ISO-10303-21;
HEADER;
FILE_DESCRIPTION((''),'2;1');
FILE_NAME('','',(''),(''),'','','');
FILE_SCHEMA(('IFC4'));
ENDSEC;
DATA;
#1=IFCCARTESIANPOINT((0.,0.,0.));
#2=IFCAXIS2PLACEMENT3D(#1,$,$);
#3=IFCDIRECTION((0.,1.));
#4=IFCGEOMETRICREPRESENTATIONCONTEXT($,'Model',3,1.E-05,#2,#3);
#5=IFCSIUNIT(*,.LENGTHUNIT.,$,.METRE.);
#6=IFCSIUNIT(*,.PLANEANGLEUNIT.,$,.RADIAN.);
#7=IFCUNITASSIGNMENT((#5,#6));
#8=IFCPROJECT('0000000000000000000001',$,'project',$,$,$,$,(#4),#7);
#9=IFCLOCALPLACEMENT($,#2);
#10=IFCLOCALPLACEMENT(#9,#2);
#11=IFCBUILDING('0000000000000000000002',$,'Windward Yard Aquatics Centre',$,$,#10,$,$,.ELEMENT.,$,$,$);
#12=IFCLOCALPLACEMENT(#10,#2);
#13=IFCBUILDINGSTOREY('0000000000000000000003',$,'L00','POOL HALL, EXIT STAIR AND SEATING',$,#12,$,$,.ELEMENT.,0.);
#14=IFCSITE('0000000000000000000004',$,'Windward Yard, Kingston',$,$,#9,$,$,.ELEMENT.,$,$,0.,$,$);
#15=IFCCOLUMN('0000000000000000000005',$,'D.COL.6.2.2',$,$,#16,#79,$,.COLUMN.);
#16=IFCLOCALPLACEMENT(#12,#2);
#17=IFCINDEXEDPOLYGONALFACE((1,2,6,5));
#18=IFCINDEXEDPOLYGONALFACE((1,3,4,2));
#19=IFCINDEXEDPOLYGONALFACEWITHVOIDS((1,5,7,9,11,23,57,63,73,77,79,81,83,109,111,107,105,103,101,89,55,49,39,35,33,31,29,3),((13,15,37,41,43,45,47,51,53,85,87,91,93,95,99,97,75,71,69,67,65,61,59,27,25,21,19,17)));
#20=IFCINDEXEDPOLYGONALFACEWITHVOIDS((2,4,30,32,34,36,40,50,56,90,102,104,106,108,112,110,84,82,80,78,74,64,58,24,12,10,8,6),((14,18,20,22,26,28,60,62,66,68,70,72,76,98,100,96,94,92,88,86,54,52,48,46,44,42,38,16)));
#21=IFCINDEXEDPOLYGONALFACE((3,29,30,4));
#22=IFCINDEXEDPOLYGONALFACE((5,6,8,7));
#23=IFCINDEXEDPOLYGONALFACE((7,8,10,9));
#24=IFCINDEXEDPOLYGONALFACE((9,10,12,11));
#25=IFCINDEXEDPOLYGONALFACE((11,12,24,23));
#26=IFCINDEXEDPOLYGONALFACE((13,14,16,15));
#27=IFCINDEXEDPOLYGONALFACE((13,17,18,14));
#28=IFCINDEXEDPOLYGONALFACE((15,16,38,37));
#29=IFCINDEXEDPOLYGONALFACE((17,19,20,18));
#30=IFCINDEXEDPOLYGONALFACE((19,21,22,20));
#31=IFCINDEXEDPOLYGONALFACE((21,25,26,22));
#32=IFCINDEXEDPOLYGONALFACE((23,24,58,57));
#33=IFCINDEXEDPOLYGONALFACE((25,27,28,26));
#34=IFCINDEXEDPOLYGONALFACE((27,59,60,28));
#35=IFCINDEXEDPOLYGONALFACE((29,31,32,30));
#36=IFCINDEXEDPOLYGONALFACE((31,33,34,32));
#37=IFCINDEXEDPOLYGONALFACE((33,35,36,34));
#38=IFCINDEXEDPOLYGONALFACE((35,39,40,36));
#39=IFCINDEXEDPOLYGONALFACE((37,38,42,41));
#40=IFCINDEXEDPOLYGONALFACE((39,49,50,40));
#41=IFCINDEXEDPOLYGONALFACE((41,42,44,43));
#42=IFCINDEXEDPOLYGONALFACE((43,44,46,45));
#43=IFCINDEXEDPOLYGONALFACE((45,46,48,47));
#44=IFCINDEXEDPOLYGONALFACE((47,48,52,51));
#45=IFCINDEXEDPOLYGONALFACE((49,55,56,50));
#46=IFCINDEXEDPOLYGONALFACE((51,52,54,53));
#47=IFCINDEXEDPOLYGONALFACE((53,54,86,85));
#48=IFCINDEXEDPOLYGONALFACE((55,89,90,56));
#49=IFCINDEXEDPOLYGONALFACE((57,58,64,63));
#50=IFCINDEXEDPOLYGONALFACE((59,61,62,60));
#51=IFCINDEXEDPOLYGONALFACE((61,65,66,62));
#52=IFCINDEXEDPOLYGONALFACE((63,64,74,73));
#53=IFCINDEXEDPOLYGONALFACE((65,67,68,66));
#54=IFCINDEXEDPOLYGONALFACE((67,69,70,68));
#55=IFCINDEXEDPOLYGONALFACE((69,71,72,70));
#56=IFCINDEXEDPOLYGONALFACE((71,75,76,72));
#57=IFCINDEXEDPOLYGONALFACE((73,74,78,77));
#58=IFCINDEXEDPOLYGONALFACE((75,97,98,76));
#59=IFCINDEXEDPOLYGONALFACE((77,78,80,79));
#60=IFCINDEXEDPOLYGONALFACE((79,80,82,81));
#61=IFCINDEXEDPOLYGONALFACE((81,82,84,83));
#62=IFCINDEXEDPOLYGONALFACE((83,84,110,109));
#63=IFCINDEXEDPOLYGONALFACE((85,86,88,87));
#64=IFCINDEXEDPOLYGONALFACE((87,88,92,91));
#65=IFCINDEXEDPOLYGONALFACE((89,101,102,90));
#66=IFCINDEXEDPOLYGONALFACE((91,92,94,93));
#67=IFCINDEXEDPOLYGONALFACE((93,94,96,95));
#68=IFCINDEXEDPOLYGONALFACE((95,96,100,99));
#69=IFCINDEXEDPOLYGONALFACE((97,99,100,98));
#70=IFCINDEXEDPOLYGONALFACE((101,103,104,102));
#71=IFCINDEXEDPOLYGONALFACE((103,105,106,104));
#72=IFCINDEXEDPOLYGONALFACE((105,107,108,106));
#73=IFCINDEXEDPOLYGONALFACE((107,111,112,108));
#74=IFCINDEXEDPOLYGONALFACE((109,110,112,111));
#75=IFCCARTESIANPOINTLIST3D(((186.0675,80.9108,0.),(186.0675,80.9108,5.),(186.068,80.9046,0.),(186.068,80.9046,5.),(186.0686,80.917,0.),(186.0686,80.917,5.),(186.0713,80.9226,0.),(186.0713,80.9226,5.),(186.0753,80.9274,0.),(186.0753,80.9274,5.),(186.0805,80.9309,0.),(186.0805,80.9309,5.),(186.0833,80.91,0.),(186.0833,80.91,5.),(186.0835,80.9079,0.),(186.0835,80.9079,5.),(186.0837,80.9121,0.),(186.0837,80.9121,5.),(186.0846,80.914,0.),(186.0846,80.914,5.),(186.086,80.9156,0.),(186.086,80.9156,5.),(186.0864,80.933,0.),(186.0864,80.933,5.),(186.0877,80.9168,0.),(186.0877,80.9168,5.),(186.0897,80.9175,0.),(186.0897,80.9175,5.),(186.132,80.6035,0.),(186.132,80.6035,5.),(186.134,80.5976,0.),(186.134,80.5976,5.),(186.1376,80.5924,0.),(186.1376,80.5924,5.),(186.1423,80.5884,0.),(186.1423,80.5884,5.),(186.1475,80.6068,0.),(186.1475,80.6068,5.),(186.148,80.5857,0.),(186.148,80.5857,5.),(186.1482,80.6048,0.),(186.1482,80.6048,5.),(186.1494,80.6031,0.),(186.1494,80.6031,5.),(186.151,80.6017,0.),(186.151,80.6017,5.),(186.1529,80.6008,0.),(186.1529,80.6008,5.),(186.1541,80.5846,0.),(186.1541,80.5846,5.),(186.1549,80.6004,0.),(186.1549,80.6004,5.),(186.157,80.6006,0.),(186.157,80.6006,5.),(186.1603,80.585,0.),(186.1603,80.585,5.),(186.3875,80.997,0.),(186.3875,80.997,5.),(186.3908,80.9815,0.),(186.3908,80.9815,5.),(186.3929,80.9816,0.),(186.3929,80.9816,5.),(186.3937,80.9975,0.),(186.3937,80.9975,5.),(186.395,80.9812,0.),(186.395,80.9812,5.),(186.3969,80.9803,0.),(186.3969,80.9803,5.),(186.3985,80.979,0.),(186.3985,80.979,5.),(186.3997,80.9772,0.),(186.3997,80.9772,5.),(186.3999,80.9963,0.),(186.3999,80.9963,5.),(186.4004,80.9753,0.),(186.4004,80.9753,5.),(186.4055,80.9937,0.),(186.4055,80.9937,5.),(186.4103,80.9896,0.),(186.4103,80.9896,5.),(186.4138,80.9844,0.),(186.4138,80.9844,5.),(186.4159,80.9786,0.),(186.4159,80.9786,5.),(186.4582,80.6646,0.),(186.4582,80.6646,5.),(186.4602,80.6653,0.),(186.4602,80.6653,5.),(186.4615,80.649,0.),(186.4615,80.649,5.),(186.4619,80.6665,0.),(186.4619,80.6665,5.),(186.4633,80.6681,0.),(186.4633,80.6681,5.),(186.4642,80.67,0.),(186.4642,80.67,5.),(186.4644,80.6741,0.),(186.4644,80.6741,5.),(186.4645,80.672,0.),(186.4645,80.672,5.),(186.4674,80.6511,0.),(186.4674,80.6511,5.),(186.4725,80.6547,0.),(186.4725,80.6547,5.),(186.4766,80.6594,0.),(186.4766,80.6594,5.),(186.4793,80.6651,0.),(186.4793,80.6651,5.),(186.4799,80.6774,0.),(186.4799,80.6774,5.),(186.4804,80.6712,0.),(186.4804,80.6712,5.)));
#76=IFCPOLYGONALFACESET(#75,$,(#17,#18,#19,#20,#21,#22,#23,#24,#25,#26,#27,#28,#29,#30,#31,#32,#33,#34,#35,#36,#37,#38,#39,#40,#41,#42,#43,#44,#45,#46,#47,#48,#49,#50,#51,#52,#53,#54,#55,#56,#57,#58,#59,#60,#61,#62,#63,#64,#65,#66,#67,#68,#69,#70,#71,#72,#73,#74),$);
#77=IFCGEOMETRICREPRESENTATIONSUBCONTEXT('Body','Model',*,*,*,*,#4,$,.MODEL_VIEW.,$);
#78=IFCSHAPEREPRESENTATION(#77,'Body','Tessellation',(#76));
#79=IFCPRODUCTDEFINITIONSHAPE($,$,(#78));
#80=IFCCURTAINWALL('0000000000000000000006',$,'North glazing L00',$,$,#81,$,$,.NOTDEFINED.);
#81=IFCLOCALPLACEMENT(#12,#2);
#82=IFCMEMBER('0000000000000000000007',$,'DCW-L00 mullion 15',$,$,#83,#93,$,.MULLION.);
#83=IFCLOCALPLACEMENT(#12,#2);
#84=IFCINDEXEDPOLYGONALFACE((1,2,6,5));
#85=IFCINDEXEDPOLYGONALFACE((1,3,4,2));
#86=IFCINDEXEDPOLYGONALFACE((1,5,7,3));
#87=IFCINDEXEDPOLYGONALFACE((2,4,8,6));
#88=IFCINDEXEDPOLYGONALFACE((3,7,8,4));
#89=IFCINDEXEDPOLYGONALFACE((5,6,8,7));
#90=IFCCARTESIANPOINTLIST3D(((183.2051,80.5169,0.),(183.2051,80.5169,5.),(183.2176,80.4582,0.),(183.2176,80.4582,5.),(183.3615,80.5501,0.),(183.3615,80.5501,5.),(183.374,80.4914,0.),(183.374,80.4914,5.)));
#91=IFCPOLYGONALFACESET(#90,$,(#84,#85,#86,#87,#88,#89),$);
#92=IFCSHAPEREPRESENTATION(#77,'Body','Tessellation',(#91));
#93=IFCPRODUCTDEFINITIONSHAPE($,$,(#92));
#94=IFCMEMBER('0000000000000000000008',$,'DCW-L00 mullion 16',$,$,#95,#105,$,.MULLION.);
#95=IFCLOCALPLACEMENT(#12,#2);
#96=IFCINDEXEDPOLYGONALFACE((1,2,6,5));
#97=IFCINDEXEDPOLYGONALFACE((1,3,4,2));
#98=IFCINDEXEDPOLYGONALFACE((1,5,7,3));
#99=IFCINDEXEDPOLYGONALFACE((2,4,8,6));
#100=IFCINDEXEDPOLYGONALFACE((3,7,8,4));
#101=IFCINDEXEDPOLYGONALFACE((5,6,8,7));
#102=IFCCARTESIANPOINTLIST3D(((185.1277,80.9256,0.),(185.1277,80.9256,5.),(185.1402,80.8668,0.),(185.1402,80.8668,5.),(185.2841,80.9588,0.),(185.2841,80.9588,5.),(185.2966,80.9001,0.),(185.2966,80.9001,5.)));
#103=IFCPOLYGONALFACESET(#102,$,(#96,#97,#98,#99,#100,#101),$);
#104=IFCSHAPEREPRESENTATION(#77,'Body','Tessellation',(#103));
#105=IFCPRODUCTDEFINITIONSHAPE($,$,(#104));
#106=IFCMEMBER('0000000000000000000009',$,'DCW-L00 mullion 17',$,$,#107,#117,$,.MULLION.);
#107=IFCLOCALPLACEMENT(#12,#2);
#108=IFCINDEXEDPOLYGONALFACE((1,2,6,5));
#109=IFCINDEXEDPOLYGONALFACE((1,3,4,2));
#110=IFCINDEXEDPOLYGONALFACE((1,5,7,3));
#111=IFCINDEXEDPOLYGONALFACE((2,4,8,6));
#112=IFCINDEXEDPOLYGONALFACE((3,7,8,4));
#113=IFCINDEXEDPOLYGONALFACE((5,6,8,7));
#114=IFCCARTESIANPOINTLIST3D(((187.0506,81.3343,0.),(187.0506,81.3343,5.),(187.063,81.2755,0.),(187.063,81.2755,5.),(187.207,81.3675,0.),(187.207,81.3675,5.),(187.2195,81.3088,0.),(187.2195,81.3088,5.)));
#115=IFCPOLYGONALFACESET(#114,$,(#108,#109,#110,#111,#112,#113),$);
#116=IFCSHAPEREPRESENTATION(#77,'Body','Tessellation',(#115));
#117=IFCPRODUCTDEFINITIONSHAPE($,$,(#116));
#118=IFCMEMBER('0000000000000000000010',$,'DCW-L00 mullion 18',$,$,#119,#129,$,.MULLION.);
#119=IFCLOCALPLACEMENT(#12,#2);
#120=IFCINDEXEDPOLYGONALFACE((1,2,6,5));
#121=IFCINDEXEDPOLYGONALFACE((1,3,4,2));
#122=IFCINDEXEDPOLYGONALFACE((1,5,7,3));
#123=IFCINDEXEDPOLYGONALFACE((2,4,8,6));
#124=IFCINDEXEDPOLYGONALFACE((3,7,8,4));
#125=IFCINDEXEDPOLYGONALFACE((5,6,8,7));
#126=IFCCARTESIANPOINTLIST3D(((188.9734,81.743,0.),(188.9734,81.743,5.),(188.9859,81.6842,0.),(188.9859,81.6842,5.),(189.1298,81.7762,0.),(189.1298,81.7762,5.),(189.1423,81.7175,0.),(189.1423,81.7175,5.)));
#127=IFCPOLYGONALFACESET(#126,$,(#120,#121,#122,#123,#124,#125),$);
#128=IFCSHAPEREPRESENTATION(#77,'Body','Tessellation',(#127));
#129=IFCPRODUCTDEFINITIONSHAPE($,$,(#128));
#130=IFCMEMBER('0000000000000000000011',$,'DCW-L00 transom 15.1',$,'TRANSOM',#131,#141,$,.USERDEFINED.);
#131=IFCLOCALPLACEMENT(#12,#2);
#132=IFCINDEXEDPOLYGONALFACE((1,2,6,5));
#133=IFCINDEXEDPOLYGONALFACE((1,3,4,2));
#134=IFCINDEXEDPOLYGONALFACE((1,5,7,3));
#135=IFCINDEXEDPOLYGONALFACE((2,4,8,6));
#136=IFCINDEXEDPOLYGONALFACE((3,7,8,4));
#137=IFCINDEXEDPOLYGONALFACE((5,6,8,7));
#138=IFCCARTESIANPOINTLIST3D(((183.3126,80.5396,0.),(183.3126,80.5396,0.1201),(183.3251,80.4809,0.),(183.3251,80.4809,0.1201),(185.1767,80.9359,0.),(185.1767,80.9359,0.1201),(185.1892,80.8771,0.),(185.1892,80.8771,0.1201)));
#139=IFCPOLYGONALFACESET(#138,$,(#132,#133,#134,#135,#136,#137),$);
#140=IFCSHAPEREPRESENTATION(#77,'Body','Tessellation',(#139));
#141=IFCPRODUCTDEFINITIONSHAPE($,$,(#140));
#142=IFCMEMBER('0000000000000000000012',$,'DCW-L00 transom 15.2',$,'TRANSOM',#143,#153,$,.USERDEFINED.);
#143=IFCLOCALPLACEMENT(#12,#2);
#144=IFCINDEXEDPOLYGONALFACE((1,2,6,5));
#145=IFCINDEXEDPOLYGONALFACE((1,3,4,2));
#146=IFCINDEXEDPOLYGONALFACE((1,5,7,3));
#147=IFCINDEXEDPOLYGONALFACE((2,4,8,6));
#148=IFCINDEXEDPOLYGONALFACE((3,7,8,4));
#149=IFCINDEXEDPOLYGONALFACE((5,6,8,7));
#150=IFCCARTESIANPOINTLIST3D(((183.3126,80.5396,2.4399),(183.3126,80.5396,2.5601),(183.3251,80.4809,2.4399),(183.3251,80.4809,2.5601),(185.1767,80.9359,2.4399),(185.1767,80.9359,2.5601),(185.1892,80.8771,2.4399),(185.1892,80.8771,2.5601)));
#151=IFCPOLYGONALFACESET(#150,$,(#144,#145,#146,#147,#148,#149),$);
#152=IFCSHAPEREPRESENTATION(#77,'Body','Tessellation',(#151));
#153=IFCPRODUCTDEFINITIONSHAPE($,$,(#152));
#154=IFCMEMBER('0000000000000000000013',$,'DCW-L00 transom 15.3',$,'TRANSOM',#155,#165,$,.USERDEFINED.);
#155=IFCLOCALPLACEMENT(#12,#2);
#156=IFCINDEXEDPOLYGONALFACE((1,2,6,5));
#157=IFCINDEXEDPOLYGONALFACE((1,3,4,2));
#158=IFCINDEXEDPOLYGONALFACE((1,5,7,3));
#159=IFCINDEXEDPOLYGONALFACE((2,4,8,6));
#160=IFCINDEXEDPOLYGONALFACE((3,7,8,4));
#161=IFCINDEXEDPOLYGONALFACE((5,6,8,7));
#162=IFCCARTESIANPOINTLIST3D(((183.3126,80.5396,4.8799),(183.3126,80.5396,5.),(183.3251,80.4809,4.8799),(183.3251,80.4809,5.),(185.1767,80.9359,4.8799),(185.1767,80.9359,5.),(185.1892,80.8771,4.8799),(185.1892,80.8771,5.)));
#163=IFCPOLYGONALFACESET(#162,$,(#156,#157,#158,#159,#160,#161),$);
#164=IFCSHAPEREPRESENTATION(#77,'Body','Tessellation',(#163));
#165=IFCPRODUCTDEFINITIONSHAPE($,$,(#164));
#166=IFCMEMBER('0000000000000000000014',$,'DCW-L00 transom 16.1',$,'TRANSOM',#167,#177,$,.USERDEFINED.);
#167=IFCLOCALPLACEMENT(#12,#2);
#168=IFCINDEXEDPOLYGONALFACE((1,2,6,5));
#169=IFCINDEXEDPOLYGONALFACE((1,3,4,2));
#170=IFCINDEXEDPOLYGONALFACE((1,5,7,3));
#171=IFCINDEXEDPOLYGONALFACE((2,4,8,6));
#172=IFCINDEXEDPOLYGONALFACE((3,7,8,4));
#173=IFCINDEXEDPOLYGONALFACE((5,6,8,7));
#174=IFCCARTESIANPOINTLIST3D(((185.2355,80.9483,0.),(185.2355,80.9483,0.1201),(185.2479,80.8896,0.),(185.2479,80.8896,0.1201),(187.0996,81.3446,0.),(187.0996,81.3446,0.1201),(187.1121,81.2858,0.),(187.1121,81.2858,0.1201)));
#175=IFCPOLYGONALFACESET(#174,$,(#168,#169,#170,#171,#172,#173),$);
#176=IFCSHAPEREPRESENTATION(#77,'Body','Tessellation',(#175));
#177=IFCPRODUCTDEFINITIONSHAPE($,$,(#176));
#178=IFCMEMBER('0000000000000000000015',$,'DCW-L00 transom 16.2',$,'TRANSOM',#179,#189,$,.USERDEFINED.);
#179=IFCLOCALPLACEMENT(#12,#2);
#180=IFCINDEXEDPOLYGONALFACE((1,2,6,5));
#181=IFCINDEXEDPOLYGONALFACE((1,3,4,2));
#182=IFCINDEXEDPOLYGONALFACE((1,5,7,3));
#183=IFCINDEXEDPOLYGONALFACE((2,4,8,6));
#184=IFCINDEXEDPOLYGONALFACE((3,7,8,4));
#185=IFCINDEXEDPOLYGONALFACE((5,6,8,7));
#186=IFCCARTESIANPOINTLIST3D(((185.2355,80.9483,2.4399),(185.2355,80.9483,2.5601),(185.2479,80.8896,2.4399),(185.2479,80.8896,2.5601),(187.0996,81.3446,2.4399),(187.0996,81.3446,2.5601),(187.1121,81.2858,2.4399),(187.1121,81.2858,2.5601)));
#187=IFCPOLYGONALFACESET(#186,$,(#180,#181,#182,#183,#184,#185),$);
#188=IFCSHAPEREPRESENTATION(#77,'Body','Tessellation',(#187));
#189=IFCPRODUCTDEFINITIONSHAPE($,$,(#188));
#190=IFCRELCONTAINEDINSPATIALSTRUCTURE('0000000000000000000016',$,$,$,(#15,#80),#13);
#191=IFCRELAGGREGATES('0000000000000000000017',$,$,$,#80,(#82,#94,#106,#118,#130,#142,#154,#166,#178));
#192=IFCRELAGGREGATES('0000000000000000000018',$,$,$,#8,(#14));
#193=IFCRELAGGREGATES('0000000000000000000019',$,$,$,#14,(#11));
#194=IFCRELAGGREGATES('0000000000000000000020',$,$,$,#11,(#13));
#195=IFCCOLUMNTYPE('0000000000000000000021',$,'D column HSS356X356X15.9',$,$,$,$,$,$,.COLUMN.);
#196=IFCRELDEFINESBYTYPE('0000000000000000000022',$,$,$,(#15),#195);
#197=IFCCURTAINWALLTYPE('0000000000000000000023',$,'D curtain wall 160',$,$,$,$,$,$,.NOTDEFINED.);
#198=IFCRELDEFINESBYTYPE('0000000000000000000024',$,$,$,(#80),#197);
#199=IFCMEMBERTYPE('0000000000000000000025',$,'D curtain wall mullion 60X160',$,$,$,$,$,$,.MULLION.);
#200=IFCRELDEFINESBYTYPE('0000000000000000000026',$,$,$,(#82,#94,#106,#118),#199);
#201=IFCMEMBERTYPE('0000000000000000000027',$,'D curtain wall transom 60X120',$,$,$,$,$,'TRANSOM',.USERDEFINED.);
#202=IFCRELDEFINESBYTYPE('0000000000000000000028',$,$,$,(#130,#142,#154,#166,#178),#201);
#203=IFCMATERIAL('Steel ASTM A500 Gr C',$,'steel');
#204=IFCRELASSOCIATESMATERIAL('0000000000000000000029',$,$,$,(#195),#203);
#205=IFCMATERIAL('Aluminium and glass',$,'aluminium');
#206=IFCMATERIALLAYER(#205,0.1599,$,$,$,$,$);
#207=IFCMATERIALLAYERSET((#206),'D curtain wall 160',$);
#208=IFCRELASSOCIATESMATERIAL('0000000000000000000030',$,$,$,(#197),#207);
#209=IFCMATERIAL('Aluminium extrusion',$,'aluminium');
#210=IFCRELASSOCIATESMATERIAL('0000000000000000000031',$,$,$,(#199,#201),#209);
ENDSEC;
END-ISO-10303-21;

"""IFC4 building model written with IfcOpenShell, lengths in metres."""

from ifc_helpers import new_model, si_unit, direction, frame, origin, origin_2d, place, context, subcontext, project, spatial, rectangle, hollow_rectangle, extrude, material, layer, layer_set, material_profile, profile_set, type_object, element, aggregate, save


model = new_model("IFC4")

# Units and contexts
model_context = context("Model", 3, precision=1e-05, world=origin(), true_north=direction((0.0, 1.0)))
body_context = subcontext(model_context, "Body", "Model", "MODEL_VIEW")
ifc_project = project(units=[si_unit("LENGTHUNIT", "METRE"), si_unit("PLANEANGLEUNIT", "RADIAN")], contexts=[model_context])

# Site, building, storey
site_placement = place(None, origin())
site = spatial("IfcSite", under=ifc_project, at=site_placement, Name="Windward Yard, Kingston", CompositionType="ELEMENT", RefElevation=0.0)
building_placement = place(site_placement, origin())
building = spatial("IfcBuilding", under=site, at=building_placement, Name="Windward Yard Aquatics Centre", CompositionType="ELEMENT")
storey_placement = place(building_placement, origin())
storey = spatial("IfcBuildingStorey", under=building, at=storey_placement, Name="L00", Description="POOL HALL, EXIT STAIR AND SEATING", CompositionType="ELEMENT", Elevation=0.0)

# Column
ifc_material_1 = material(Name="Steel ASTM A500 Gr C", Category="steel")
ifc_material_profile_1 = material_profile(ifc_material_1, hollow_rectangle(XDim=0.3557, YDim=0.3557, WallThickness=0.0159, InnerFilletRadius=0.0081, OuterFilletRadius=0.0239, at=origin_2d()), Name="HSS356X356X15.9")
ifc_profile_set_1 = profile_set([ifc_material_profile_1], Name="Steel ASTM A500 Gr C")
column_type = type_object("IfcColumnType", Name="D column HSS356X356X15.9", PredefinedType="COLUMN", material=ifc_profile_set_1)
column_1_placement = place(storey_placement, frame((186.2739, 80.791, 0.0), z_axis=(0.0, 0.0, 1.0), x_axis=(0.978148, 0.207912, 0.0)))
element("IfcColumn", 1, at=column_1_placement, inside=storey, type_object=column_type, Name="D.COL.6.2.2", PredefinedType="COLUMN", context=body_context, shape_type="SweptSolid", body=[
    extrude(hollow_rectangle(XDim=0.3557, YDim=0.3557, WallThickness=0.0159, InnerFilletRadius=0.0081, OuterFilletRadius=0.0239, at=origin_2d()), origin(), (0.0, 0.0, 1.0), 5.0),
])

# Curtain wall, members
ifc_material_2 = material(Name="Aluminium and glass", Category="aluminium")
ifc_layer_1 = layer(ifc_material_2, 0.1599)
ifc_layer_set_1 = layer_set([ifc_layer_1], Name="D curtain wall 160")
curtain_wall_type = type_object("IfcCurtainWallType", Name="D curtain wall 160", PredefinedType="NOTDEFINED", material=ifc_layer_set_1)
curtain_wall_placement = place(storey_placement, origin())
curtain_wall = element("IfcCurtainWall", 2, at=curtain_wall_placement, inside=storey, type_object=curtain_wall_type, Name="North glazing L00", PredefinedType="NOTDEFINED")
ifc_material_3 = material(Name="Aluminium extrusion", Category="aluminium")
ifc_material_profile_2 = material_profile(ifc_material_3, rectangle(XDim=0.0601, YDim=0.1599, at=origin_2d()), Name="MULLION 60X160")
ifc_profile_set_2 = profile_set([ifc_material_profile_2], Name="Aluminium extrusion")
member_type_1 = type_object("IfcMemberType", Name="D curtain wall mullion 60X160", PredefinedType="MULLION", material=ifc_profile_set_2)
member_1_placement = place(storey_placement, frame((183.2896, 80.5042, 0.0), z_axis=(0.0, 0.0, 1.0), x_axis=(-0.207912, 0.978148, 0.0)))
member_1 = element("IfcMember", 3, at=member_1_placement, type_object=member_type_1, Name="DCW-L00 mullion 15", PredefinedType="MULLION", context=body_context, shape_type="SweptSolid", body=[
    extrude(rectangle(XDim=0.0601, YDim=0.1599, at=origin_2d()), origin(), (0.0, 0.0, 1.0), 5.0),
])
member_2_placement = place(storey_placement, frame((185.2122, 80.9128, 0.0), z_axis=(0.0, 0.0, 1.0), x_axis=(-0.207912, 0.978148, 0.0)))
member_2 = element("IfcMember", 4, at=member_2_placement, type_object=member_type_1, Name="DCW-L00 mullion 16", PredefinedType="MULLION", context=body_context, shape_type="SweptSolid", body=[
    extrude(rectangle(XDim=0.0601, YDim=0.1599, at=origin_2d()), origin(), (0.0, 0.0, 1.0), 5.0),
])
member_3_placement = place(storey_placement, frame((187.135, 81.3215, 0.0), z_axis=(0.0, 0.0, 1.0), x_axis=(-0.207912, 0.978148, 0.0)))
member_3 = element("IfcMember", 5, at=member_3_placement, type_object=member_type_1, Name="DCW-L00 mullion 17", PredefinedType="MULLION", context=body_context, shape_type="SweptSolid", body=[
    extrude(rectangle(XDim=0.0601, YDim=0.1599, at=origin_2d()), origin(), (0.0, 0.0, 1.0), 5.0),
])
member_4_placement = place(storey_placement, frame((189.0579, 81.7302, 0.0), z_axis=(0.0, 0.0, 1.0), x_axis=(-0.207912, 0.978148, 0.0)))
member_4 = element("IfcMember", 6, at=member_4_placement, type_object=member_type_1, Name="DCW-L00 mullion 18", PredefinedType="MULLION", context=body_context, shape_type="SweptSolid", body=[
    extrude(rectangle(XDim=0.0601, YDim=0.1599, at=origin_2d()), origin(), (0.0, 0.0, 1.0), 5.0),
])
ifc_material_profile_3 = material_profile(ifc_material_3, rectangle(XDim=0.0601, YDim=0.1201, at=origin_2d()), Name="TRANSOM 60X120")
ifc_profile_set_3 = profile_set([ifc_material_profile_3], Name="Aluminium extrusion")
member_type_2 = type_object("IfcMemberType", Name="D curtain wall transom 60X120", ElementType="TRANSOM", PredefinedType="USERDEFINED", material=ifc_profile_set_3)
member_5_placement = place(storey_placement, frame((183.3188, 80.5103, 0.0601), z_axis=(0.978144, 0.207928, 0.0), x_axis=(-0.207928, 0.978144, 0.0)))
member_5 = element("IfcMember", 7, at=member_5_placement, type_object=member_type_2, Name="DCW-L00 transom 15.1", ObjectType="TRANSOM", PredefinedType="USERDEFINED", context=body_context, shape_type="SweptSolid", body=[
    extrude(rectangle(XDim=0.0601, YDim=0.1201, at=origin_2d()), origin(), (0.0, 0.0, 1.0), 1.9058),
])
member_6_placement = place(storey_placement, frame((183.3188, 80.5103, 2.5), z_axis=(0.978144, 0.207928, 0.0), x_axis=(-0.207928, 0.978144, 0.0)))
member_6 = element("IfcMember", 8, at=member_6_placement, type_object=member_type_2, Name="DCW-L00 transom 15.2", ObjectType="TRANSOM", PredefinedType="USERDEFINED", context=body_context, shape_type="SweptSolid", body=[
    extrude(rectangle(XDim=0.0601, YDim=0.1201, at=origin_2d()), origin(), (0.0, 0.0, 1.0), 1.9058),
])
member_7_placement = place(storey_placement, frame((183.3188, 80.5103, 4.9399), z_axis=(0.978144, 0.207928, 0.0), x_axis=(-0.207928, 0.978144, 0.0)))
member_7 = element("IfcMember", 9, at=member_7_placement, type_object=member_type_2, Name="DCW-L00 transom 15.3", ObjectType="TRANSOM", PredefinedType="USERDEFINED", context=body_context, shape_type="SweptSolid", body=[
    extrude(rectangle(XDim=0.0601, YDim=0.1201, at=origin_2d()), origin(), (0.0, 0.0, 1.0), 1.9058),
])
member_8_placement = place(storey_placement, frame((185.2417, 80.9189, 0.0601), z_axis=(0.978144, 0.207928, 0.0), x_axis=(-0.207928, 0.978144, 0.0)))
member_8 = element("IfcMember", 10, at=member_8_placement, type_object=member_type_2, Name="DCW-L00 transom 16.1", ObjectType="TRANSOM", PredefinedType="USERDEFINED", context=body_context, shape_type="SweptSolid", body=[
    extrude(rectangle(XDim=0.0601, YDim=0.1201, at=origin_2d()), origin(), (0.0, 0.0, 1.0), 1.9058),
])
member_9_placement = place(storey_placement, frame((185.2417, 80.9189, 2.5), z_axis=(0.978144, 0.207928, 0.0), x_axis=(-0.207928, 0.978144, 0.0)))
member_9 = element("IfcMember", 11, at=member_9_placement, type_object=member_type_2, Name="DCW-L00 transom 16.2", ObjectType="TRANSOM", PredefinedType="USERDEFINED", context=body_context, shape_type="SweptSolid", body=[
    extrude(rectangle(XDim=0.0601, YDim=0.1201, at=origin_2d()), origin(), (0.0, 0.0, 1.0), 1.9058),
])
aggregate(curtain_wall, [member_1, member_2, member_3, member_4, member_5, member_6, member_7, member_8, member_9])

save(model, "model.ifc")
